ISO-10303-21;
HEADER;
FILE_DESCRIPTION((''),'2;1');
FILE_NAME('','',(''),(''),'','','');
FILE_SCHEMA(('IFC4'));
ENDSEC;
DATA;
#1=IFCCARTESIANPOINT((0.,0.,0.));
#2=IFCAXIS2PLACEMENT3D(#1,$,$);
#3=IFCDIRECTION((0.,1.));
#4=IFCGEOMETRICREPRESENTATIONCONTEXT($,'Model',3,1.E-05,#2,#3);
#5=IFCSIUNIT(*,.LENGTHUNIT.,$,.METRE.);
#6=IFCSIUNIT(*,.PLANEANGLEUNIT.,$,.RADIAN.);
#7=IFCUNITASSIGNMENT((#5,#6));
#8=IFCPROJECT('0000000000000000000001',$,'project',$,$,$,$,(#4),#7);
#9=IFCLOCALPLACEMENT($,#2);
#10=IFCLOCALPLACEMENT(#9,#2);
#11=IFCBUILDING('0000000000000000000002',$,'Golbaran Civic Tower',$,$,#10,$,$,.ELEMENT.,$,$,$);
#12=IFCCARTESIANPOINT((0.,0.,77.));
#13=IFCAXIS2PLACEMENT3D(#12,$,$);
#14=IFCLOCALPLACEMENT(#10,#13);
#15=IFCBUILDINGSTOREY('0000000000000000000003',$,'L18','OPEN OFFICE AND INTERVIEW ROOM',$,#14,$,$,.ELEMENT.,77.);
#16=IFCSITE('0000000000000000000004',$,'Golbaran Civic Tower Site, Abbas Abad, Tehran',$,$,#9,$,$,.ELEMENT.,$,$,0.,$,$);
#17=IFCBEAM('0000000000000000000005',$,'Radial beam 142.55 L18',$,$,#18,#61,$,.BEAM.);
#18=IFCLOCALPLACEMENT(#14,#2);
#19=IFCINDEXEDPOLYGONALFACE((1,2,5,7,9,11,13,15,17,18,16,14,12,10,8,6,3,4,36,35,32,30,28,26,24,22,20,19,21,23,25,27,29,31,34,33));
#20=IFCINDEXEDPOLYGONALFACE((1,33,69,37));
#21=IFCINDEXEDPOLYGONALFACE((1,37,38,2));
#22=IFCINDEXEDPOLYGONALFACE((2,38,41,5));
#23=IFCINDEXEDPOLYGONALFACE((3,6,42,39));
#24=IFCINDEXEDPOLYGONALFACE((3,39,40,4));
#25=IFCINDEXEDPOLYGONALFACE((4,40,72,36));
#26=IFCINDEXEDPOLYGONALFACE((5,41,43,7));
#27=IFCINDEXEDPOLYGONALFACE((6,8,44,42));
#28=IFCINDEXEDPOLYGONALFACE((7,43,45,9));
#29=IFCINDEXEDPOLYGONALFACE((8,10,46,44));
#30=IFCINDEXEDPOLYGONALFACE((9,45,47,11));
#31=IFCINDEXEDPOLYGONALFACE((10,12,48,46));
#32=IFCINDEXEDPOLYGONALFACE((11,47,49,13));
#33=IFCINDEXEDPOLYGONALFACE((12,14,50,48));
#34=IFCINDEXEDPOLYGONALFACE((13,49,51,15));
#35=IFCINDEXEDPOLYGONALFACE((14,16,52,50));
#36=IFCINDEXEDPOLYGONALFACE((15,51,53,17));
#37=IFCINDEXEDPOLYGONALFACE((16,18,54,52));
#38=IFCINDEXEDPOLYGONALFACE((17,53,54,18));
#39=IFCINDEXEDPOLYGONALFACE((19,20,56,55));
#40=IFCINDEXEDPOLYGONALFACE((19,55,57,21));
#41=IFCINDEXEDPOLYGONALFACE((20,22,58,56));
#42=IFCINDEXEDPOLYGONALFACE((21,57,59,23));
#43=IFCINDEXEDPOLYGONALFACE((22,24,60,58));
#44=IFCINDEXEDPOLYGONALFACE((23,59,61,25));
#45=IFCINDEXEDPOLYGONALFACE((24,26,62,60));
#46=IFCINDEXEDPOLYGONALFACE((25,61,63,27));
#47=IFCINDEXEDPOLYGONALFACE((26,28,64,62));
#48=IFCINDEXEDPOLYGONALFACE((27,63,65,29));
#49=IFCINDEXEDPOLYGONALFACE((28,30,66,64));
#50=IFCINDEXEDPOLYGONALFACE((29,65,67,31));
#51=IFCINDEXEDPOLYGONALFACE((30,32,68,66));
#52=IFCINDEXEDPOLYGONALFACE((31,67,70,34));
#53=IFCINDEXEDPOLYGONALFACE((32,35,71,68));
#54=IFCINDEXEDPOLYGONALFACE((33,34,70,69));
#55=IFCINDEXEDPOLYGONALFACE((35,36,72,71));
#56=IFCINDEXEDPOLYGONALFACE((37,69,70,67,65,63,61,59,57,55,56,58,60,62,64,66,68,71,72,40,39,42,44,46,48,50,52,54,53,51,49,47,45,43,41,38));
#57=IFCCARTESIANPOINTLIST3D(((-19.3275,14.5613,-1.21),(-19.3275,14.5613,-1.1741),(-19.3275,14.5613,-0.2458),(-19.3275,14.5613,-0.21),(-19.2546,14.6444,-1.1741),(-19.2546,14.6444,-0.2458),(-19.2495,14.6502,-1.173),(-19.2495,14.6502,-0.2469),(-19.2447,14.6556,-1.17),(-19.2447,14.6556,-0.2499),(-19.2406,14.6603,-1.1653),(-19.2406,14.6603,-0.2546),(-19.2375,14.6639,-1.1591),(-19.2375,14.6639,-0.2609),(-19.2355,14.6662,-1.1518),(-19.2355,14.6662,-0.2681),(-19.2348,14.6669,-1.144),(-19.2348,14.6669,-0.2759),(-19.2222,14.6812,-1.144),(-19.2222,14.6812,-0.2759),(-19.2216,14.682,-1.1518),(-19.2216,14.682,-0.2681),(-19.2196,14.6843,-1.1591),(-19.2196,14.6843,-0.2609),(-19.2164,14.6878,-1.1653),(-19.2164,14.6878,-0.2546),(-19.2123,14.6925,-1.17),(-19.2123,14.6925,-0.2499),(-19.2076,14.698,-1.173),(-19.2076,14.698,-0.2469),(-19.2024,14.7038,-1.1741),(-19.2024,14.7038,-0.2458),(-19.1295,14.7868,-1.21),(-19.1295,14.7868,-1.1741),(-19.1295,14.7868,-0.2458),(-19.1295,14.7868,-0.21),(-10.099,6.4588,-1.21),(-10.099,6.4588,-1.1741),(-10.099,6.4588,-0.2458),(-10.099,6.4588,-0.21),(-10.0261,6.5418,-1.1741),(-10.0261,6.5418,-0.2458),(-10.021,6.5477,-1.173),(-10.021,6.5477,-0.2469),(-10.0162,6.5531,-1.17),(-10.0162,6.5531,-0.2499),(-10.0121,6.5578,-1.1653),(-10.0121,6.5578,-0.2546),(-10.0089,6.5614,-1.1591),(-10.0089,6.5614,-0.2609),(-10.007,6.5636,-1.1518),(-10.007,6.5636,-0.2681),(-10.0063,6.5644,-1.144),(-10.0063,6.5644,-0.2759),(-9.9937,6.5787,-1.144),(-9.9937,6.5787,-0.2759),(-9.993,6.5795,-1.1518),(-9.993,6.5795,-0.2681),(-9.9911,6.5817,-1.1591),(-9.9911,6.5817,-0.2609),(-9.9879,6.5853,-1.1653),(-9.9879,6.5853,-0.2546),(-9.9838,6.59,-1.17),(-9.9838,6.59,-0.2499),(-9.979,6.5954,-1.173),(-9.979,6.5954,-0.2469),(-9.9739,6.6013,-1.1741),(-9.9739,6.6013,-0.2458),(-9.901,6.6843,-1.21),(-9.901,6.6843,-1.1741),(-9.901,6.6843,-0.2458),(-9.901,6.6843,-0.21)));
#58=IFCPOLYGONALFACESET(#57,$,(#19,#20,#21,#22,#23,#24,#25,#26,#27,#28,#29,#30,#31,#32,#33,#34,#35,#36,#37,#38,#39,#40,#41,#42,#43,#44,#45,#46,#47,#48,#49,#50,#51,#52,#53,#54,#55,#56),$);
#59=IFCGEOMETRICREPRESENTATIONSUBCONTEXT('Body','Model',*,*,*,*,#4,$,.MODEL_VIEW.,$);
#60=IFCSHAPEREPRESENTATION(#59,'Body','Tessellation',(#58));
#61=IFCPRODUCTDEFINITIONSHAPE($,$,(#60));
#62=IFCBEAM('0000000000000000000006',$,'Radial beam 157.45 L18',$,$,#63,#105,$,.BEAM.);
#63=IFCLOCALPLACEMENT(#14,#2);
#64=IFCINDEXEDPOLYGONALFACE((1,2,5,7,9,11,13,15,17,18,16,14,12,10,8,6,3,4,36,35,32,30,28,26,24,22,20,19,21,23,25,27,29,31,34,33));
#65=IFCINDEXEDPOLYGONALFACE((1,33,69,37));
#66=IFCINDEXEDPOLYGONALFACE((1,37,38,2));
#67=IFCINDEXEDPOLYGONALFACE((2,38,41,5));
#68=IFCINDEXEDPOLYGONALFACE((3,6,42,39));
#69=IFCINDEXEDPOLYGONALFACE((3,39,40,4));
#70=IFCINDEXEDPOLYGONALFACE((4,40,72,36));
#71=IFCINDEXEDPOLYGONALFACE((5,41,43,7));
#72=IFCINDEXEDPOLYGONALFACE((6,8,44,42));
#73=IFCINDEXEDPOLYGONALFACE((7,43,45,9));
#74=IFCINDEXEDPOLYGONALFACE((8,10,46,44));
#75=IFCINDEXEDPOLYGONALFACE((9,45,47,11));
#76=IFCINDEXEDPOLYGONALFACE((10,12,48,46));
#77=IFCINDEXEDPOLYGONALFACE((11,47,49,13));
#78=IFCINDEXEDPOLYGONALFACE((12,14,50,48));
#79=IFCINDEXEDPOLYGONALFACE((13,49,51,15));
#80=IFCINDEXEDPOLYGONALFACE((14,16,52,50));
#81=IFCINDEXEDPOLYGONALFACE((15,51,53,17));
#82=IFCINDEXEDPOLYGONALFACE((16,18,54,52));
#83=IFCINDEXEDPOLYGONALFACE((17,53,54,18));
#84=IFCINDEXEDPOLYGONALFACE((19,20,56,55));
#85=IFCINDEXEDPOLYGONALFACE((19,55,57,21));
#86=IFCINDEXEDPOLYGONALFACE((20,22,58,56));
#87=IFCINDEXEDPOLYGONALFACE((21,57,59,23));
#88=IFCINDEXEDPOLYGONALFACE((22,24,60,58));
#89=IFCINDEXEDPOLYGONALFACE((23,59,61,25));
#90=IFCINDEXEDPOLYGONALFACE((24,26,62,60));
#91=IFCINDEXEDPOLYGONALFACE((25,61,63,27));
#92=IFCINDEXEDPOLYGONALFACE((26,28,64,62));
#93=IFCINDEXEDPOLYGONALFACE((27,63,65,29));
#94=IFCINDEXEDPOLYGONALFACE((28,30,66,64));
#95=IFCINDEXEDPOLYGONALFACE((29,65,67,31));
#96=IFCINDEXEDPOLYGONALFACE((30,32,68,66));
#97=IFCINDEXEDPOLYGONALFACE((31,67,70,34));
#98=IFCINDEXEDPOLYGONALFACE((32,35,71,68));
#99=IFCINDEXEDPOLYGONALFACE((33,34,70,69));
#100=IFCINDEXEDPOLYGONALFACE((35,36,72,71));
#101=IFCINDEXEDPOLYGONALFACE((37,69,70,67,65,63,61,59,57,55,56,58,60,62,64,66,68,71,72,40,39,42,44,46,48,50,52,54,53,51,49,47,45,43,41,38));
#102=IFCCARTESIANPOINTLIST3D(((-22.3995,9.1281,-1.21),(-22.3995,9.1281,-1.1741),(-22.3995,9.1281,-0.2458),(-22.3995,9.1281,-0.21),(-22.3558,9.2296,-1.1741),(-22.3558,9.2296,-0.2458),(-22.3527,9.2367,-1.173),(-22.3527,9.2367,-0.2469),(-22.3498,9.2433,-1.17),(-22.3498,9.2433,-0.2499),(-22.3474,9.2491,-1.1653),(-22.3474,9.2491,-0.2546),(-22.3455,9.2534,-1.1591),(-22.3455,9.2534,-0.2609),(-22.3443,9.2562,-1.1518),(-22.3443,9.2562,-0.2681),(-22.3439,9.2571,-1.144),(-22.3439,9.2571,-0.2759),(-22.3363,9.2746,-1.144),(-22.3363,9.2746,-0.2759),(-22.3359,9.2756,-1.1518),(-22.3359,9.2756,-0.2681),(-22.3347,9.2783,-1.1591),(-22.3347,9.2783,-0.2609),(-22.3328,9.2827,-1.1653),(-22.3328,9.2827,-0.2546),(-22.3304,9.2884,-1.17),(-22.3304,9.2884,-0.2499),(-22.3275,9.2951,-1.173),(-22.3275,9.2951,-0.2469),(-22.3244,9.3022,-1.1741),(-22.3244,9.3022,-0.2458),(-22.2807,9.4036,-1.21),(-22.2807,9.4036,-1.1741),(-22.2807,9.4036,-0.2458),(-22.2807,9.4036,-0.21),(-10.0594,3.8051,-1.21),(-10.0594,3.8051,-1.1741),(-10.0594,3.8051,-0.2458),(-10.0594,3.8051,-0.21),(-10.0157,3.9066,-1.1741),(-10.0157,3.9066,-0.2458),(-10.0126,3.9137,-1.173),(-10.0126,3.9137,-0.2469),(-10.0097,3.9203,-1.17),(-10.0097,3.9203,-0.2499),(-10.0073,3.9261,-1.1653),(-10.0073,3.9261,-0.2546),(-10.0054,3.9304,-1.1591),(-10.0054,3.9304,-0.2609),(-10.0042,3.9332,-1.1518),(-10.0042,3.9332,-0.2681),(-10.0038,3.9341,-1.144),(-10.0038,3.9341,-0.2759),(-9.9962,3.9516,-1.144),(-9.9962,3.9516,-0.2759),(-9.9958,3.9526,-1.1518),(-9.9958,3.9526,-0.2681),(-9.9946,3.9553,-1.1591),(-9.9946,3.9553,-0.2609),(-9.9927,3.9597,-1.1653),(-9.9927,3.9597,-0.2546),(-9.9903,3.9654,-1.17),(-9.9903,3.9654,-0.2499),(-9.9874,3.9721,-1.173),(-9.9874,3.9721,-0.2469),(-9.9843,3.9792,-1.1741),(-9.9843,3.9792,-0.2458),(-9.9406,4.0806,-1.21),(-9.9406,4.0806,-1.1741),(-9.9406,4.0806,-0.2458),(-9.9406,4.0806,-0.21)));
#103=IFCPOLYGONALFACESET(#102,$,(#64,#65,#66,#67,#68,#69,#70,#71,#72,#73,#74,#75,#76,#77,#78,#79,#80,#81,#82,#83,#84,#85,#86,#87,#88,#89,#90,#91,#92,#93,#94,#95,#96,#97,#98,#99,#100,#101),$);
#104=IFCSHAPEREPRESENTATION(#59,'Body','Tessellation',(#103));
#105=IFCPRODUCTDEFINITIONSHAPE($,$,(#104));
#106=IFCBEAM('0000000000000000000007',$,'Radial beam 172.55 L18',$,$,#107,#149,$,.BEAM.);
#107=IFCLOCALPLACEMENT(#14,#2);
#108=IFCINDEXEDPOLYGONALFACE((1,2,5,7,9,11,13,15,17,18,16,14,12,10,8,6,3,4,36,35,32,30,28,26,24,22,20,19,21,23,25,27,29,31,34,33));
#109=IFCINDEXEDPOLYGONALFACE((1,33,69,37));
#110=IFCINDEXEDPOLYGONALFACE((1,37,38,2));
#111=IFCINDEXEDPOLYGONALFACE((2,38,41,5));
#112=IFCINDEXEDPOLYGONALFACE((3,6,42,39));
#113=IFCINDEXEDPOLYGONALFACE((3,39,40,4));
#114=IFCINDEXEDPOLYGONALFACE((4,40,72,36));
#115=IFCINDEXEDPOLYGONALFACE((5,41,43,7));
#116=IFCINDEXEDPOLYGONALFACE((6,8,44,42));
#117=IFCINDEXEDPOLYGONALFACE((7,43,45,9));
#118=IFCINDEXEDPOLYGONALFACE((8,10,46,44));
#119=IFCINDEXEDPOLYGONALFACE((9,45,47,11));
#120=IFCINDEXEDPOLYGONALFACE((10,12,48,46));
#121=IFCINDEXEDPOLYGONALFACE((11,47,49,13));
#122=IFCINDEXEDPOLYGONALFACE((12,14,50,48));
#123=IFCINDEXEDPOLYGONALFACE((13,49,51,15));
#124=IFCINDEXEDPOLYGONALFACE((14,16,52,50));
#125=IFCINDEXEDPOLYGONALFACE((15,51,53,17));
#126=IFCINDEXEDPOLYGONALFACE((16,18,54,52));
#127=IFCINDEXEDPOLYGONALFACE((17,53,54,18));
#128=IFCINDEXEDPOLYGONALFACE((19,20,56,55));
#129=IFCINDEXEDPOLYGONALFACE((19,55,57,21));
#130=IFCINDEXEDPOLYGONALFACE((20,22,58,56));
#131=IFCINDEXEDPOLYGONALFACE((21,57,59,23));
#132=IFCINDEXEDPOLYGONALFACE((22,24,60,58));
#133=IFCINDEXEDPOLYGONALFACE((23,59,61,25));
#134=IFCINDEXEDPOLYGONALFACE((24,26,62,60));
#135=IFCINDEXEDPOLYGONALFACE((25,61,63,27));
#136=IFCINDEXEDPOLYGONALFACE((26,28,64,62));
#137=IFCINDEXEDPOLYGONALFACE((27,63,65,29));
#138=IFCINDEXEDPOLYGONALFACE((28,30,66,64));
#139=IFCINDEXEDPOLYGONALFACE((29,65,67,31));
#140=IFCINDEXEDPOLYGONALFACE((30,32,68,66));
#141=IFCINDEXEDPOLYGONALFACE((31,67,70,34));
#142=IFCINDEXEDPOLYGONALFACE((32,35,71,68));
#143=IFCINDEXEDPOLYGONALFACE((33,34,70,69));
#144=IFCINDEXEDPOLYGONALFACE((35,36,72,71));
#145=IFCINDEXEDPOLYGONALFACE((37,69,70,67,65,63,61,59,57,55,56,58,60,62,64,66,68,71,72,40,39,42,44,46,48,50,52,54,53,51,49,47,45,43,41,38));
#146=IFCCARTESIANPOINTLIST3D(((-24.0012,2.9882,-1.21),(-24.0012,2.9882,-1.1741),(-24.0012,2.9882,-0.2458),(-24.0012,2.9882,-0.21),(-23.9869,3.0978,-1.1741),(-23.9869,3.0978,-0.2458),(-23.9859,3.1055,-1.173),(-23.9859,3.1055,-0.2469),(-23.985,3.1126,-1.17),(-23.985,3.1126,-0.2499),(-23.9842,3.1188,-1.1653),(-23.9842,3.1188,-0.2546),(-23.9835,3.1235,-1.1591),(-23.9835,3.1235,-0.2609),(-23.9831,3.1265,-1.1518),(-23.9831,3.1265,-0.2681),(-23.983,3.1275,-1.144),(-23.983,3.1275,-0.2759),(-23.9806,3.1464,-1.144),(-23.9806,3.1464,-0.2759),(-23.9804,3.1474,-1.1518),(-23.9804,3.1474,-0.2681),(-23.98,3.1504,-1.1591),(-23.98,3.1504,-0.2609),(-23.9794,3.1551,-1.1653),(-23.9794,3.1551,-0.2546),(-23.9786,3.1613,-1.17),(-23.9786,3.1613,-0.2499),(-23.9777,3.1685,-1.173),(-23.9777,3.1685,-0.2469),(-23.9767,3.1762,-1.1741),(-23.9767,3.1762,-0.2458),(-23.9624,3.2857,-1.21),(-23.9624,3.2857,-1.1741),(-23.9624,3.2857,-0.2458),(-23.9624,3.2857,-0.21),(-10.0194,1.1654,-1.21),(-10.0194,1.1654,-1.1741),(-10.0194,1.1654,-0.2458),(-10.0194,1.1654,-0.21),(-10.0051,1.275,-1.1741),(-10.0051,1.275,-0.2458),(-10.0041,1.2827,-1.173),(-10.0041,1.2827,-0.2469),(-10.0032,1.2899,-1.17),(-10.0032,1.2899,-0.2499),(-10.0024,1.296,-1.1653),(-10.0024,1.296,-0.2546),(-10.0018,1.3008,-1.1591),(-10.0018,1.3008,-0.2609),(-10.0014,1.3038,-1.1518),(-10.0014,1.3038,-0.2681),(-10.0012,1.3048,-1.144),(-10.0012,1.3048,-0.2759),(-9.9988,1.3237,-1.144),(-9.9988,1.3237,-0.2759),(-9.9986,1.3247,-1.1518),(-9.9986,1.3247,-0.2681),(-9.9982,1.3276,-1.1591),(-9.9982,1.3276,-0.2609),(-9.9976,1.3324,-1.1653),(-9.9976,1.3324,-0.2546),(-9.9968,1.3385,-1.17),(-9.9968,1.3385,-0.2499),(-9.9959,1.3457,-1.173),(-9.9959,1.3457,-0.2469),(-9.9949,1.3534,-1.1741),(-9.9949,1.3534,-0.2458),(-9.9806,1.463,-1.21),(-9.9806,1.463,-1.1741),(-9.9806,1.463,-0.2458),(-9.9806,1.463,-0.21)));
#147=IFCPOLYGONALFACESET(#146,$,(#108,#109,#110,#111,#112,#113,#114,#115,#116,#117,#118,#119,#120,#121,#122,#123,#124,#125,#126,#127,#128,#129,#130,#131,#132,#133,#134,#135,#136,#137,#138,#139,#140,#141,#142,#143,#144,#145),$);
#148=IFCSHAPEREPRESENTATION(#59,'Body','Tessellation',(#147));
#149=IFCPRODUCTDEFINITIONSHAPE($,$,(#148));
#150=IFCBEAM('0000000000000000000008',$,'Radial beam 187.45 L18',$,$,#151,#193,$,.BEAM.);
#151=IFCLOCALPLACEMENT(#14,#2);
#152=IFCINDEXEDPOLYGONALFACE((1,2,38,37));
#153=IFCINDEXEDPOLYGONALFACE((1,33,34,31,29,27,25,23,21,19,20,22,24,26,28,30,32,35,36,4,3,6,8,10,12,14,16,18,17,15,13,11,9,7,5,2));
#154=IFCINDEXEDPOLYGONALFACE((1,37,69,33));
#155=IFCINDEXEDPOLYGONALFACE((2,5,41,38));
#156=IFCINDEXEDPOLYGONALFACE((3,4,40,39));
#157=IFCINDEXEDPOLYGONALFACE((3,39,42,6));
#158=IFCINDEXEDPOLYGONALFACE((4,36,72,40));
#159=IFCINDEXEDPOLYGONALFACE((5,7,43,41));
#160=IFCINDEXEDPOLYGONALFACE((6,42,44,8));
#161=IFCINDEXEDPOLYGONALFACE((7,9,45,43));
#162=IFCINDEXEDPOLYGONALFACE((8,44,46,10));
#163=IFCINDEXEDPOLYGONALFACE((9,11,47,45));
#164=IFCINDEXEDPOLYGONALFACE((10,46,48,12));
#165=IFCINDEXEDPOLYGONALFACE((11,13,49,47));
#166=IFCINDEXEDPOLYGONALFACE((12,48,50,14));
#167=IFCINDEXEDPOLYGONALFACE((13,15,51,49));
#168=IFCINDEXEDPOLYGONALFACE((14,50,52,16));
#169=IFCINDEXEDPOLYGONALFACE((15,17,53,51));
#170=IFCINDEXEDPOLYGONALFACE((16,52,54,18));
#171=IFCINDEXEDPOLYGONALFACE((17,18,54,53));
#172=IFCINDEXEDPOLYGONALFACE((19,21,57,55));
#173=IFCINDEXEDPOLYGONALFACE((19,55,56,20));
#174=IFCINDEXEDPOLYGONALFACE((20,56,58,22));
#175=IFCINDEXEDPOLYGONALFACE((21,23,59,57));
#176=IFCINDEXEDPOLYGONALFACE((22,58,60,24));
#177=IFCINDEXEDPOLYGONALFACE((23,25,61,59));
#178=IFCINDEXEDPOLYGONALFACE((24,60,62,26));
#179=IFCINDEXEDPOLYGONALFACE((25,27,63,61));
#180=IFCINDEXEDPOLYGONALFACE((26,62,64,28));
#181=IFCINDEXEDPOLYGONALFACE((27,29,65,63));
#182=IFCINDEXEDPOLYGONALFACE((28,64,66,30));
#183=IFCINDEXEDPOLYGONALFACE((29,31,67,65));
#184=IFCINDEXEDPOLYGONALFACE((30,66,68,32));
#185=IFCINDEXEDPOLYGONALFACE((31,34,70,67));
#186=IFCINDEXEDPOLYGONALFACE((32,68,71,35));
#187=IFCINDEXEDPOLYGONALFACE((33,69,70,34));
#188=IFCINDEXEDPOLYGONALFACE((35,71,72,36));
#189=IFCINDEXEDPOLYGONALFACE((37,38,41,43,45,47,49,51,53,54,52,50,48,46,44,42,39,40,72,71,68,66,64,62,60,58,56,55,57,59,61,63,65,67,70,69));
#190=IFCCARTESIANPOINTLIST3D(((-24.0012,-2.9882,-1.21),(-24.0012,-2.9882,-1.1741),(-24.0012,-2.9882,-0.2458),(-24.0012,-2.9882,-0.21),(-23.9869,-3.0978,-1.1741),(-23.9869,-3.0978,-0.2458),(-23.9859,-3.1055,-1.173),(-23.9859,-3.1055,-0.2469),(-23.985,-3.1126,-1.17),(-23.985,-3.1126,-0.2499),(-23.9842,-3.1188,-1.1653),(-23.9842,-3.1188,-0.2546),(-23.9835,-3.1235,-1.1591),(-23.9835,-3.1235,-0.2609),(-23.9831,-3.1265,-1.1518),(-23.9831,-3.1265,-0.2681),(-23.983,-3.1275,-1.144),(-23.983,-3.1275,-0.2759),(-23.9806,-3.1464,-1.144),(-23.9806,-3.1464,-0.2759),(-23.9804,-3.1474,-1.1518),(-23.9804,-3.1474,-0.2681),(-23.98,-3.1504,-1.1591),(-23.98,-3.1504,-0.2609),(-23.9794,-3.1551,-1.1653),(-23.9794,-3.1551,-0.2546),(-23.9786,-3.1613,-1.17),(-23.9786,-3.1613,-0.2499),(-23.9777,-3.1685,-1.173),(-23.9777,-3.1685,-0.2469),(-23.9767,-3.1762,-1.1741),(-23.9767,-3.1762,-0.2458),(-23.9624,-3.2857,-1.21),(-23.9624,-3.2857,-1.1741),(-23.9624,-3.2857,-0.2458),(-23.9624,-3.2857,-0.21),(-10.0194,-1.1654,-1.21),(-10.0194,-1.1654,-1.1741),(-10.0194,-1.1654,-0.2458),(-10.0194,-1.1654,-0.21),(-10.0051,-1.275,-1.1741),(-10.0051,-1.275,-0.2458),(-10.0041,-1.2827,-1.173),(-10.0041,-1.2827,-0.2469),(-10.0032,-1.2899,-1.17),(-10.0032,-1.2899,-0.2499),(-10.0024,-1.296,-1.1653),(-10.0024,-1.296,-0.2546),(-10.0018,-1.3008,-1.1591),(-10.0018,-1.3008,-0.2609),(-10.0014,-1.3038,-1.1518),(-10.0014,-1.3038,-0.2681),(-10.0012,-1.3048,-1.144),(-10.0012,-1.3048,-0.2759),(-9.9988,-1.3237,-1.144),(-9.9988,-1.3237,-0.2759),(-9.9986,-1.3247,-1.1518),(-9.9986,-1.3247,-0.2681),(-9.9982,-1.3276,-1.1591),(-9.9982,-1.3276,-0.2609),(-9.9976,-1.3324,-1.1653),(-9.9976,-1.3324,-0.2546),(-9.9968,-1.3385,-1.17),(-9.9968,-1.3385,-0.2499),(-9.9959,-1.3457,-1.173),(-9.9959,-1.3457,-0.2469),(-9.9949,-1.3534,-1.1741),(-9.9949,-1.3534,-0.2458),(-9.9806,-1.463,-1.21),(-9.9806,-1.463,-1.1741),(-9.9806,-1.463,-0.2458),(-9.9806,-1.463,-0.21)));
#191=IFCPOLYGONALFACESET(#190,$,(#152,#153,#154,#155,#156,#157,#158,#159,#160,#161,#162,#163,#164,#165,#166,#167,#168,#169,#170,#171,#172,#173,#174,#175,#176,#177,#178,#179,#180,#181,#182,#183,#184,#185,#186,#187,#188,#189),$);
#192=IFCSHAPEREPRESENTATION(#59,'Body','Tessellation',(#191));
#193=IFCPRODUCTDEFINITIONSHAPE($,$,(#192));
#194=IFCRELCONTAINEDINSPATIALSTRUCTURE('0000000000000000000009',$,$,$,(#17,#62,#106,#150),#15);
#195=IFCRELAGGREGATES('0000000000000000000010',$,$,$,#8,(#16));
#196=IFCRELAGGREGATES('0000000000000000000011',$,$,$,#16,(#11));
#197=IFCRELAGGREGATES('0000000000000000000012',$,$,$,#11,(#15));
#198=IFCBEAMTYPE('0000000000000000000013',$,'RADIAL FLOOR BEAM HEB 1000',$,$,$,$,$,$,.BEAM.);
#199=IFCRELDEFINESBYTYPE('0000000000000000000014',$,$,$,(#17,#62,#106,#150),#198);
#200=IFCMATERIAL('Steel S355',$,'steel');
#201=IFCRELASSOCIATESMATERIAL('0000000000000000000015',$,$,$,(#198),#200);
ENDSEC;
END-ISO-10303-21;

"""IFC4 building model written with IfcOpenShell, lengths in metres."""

from ifc_helpers import new_model, si_unit, direction, frame, origin, origin_2d, place, context, subcontext, project, spatial, i_section, extrude, material, material_profile, profile_set, type_object, element, save


model = new_model("IFC4")

# Units and contexts
model_context = context("Model", 3, precision=1e-05, world=origin(), true_north=direction((0.0, 1.0)))
body_context = subcontext(model_context, "Body", "Model", "MODEL_VIEW")
ifc_project = project(units=[si_unit("LENGTHUNIT", "METRE"), si_unit("PLANEANGLEUNIT", "RADIAN")], contexts=[model_context])

# Site, building, storey
site_placement = place(None, origin())
site = spatial("IfcSite", under=ifc_project, at=site_placement, Name="Golbaran Civic Tower Site, Abbas Abad, Tehran", CompositionType="ELEMENT", RefElevation=0.0)
building_placement = place(site_placement, origin())
building = spatial("IfcBuilding", under=site, at=building_placement, Name="Golbaran Civic Tower", CompositionType="ELEMENT")
storey_placement = place(building_placement, frame((0.0, 0.0, 77.0)))
storey = spatial("IfcBuildingStorey", under=building, at=storey_placement, Name="L18", Description="OPEN OFFICE AND INTERVIEW ROOM", CompositionType="ELEMENT", Elevation=77.0)

# Beams
ifc_material_1 = material(Name="Steel S355", Category="steel")
ifc_material_profile_1 = material_profile(ifc_material_1, i_section(OverallWidth=0.3, OverallDepth=1.0, WebThickness=0.019, FlangeThickness=0.0359, FilletRadius=0.03, at=origin_2d()), Name="HEB 1000")
ifc_profile_set_1 = profile_set([ifc_material_profile_1], Name="Steel S355")
beam_type_1 = type_object("IfcBeamType", Name="RADIAL FLOOR BEAM HEB 1000", PredefinedType="BEAM", material=ifc_profile_set_1)
beam_1_placement = place(storey_placement, frame((-10.0, 6.5715, -0.71), z_axis=(-0.751462, 0.659776, 0.0), x_axis=(-0.659776, -0.751462, 0.0)))
element("IfcBeam", 1, at=beam_1_placement, inside=storey, type_object=beam_type_1, Name="Radial beam 142.55 L18", PredefinedType="BEAM", context=body_context, shape_type="SweptSolid", body=[
    extrude(i_section(OverallWidth=0.3, OverallDepth=1.0, WebThickness=0.019, FlangeThickness=0.0359, FilletRadius=0.03, at=origin_2d()), origin(), (0.0, 0.0, 1.0), 12.2808),
])
beam_2_placement = place(storey_placement, frame((-10.0, 3.9429, -0.71), z_axis=(-0.918216, 0.39608, 0.0), x_axis=(-0.39608, -0.918216, 0.0)))
element("IfcBeam", 2, at=beam_2_placement, inside=storey, type_object=beam_type_1, Name="Radial beam 157.45 L18", PredefinedType="BEAM", context=body_context, shape_type="SweptSolid", body=[
    extrude(i_section(OverallWidth=0.3, OverallDepth=1.0, WebThickness=0.019, FlangeThickness=0.0359, FilletRadius=0.03, at=origin_2d()), origin(), (0.0, 0.0, 1.0), 13.4392),
])
for number, where, z_axis, x_axis, name in (
    (3, (-10.0, 1.3142, -0.71), (-0.991609, 0.129273, 0.0), (-0.129273, -0.991609, 0.0), "Radial beam 172.55 L18"),
    (4, (-10.0, -1.3142, -0.71), (-0.991609, -0.129273, 0.0), (0.129273, -0.991609, 0.0), "Radial beam 187.45 L18"),
):
    element("IfcBeam", number, at=place(storey_placement, frame(where, z_axis=z_axis, x_axis=x_axis)), inside=storey, type_object=beam_type_1, Name=name, PredefinedType="BEAM", context=body_context, shape_type="SweptSolid", body=[
        extrude(i_section(OverallWidth=0.3, OverallDepth=1.0, WebThickness=0.019, FlangeThickness=0.0359, FilletRadius=0.03, at=origin_2d()), origin(), (0.0, 0.0, 1.0), 14.1001),
    ])

save(model, "model.ifc")
